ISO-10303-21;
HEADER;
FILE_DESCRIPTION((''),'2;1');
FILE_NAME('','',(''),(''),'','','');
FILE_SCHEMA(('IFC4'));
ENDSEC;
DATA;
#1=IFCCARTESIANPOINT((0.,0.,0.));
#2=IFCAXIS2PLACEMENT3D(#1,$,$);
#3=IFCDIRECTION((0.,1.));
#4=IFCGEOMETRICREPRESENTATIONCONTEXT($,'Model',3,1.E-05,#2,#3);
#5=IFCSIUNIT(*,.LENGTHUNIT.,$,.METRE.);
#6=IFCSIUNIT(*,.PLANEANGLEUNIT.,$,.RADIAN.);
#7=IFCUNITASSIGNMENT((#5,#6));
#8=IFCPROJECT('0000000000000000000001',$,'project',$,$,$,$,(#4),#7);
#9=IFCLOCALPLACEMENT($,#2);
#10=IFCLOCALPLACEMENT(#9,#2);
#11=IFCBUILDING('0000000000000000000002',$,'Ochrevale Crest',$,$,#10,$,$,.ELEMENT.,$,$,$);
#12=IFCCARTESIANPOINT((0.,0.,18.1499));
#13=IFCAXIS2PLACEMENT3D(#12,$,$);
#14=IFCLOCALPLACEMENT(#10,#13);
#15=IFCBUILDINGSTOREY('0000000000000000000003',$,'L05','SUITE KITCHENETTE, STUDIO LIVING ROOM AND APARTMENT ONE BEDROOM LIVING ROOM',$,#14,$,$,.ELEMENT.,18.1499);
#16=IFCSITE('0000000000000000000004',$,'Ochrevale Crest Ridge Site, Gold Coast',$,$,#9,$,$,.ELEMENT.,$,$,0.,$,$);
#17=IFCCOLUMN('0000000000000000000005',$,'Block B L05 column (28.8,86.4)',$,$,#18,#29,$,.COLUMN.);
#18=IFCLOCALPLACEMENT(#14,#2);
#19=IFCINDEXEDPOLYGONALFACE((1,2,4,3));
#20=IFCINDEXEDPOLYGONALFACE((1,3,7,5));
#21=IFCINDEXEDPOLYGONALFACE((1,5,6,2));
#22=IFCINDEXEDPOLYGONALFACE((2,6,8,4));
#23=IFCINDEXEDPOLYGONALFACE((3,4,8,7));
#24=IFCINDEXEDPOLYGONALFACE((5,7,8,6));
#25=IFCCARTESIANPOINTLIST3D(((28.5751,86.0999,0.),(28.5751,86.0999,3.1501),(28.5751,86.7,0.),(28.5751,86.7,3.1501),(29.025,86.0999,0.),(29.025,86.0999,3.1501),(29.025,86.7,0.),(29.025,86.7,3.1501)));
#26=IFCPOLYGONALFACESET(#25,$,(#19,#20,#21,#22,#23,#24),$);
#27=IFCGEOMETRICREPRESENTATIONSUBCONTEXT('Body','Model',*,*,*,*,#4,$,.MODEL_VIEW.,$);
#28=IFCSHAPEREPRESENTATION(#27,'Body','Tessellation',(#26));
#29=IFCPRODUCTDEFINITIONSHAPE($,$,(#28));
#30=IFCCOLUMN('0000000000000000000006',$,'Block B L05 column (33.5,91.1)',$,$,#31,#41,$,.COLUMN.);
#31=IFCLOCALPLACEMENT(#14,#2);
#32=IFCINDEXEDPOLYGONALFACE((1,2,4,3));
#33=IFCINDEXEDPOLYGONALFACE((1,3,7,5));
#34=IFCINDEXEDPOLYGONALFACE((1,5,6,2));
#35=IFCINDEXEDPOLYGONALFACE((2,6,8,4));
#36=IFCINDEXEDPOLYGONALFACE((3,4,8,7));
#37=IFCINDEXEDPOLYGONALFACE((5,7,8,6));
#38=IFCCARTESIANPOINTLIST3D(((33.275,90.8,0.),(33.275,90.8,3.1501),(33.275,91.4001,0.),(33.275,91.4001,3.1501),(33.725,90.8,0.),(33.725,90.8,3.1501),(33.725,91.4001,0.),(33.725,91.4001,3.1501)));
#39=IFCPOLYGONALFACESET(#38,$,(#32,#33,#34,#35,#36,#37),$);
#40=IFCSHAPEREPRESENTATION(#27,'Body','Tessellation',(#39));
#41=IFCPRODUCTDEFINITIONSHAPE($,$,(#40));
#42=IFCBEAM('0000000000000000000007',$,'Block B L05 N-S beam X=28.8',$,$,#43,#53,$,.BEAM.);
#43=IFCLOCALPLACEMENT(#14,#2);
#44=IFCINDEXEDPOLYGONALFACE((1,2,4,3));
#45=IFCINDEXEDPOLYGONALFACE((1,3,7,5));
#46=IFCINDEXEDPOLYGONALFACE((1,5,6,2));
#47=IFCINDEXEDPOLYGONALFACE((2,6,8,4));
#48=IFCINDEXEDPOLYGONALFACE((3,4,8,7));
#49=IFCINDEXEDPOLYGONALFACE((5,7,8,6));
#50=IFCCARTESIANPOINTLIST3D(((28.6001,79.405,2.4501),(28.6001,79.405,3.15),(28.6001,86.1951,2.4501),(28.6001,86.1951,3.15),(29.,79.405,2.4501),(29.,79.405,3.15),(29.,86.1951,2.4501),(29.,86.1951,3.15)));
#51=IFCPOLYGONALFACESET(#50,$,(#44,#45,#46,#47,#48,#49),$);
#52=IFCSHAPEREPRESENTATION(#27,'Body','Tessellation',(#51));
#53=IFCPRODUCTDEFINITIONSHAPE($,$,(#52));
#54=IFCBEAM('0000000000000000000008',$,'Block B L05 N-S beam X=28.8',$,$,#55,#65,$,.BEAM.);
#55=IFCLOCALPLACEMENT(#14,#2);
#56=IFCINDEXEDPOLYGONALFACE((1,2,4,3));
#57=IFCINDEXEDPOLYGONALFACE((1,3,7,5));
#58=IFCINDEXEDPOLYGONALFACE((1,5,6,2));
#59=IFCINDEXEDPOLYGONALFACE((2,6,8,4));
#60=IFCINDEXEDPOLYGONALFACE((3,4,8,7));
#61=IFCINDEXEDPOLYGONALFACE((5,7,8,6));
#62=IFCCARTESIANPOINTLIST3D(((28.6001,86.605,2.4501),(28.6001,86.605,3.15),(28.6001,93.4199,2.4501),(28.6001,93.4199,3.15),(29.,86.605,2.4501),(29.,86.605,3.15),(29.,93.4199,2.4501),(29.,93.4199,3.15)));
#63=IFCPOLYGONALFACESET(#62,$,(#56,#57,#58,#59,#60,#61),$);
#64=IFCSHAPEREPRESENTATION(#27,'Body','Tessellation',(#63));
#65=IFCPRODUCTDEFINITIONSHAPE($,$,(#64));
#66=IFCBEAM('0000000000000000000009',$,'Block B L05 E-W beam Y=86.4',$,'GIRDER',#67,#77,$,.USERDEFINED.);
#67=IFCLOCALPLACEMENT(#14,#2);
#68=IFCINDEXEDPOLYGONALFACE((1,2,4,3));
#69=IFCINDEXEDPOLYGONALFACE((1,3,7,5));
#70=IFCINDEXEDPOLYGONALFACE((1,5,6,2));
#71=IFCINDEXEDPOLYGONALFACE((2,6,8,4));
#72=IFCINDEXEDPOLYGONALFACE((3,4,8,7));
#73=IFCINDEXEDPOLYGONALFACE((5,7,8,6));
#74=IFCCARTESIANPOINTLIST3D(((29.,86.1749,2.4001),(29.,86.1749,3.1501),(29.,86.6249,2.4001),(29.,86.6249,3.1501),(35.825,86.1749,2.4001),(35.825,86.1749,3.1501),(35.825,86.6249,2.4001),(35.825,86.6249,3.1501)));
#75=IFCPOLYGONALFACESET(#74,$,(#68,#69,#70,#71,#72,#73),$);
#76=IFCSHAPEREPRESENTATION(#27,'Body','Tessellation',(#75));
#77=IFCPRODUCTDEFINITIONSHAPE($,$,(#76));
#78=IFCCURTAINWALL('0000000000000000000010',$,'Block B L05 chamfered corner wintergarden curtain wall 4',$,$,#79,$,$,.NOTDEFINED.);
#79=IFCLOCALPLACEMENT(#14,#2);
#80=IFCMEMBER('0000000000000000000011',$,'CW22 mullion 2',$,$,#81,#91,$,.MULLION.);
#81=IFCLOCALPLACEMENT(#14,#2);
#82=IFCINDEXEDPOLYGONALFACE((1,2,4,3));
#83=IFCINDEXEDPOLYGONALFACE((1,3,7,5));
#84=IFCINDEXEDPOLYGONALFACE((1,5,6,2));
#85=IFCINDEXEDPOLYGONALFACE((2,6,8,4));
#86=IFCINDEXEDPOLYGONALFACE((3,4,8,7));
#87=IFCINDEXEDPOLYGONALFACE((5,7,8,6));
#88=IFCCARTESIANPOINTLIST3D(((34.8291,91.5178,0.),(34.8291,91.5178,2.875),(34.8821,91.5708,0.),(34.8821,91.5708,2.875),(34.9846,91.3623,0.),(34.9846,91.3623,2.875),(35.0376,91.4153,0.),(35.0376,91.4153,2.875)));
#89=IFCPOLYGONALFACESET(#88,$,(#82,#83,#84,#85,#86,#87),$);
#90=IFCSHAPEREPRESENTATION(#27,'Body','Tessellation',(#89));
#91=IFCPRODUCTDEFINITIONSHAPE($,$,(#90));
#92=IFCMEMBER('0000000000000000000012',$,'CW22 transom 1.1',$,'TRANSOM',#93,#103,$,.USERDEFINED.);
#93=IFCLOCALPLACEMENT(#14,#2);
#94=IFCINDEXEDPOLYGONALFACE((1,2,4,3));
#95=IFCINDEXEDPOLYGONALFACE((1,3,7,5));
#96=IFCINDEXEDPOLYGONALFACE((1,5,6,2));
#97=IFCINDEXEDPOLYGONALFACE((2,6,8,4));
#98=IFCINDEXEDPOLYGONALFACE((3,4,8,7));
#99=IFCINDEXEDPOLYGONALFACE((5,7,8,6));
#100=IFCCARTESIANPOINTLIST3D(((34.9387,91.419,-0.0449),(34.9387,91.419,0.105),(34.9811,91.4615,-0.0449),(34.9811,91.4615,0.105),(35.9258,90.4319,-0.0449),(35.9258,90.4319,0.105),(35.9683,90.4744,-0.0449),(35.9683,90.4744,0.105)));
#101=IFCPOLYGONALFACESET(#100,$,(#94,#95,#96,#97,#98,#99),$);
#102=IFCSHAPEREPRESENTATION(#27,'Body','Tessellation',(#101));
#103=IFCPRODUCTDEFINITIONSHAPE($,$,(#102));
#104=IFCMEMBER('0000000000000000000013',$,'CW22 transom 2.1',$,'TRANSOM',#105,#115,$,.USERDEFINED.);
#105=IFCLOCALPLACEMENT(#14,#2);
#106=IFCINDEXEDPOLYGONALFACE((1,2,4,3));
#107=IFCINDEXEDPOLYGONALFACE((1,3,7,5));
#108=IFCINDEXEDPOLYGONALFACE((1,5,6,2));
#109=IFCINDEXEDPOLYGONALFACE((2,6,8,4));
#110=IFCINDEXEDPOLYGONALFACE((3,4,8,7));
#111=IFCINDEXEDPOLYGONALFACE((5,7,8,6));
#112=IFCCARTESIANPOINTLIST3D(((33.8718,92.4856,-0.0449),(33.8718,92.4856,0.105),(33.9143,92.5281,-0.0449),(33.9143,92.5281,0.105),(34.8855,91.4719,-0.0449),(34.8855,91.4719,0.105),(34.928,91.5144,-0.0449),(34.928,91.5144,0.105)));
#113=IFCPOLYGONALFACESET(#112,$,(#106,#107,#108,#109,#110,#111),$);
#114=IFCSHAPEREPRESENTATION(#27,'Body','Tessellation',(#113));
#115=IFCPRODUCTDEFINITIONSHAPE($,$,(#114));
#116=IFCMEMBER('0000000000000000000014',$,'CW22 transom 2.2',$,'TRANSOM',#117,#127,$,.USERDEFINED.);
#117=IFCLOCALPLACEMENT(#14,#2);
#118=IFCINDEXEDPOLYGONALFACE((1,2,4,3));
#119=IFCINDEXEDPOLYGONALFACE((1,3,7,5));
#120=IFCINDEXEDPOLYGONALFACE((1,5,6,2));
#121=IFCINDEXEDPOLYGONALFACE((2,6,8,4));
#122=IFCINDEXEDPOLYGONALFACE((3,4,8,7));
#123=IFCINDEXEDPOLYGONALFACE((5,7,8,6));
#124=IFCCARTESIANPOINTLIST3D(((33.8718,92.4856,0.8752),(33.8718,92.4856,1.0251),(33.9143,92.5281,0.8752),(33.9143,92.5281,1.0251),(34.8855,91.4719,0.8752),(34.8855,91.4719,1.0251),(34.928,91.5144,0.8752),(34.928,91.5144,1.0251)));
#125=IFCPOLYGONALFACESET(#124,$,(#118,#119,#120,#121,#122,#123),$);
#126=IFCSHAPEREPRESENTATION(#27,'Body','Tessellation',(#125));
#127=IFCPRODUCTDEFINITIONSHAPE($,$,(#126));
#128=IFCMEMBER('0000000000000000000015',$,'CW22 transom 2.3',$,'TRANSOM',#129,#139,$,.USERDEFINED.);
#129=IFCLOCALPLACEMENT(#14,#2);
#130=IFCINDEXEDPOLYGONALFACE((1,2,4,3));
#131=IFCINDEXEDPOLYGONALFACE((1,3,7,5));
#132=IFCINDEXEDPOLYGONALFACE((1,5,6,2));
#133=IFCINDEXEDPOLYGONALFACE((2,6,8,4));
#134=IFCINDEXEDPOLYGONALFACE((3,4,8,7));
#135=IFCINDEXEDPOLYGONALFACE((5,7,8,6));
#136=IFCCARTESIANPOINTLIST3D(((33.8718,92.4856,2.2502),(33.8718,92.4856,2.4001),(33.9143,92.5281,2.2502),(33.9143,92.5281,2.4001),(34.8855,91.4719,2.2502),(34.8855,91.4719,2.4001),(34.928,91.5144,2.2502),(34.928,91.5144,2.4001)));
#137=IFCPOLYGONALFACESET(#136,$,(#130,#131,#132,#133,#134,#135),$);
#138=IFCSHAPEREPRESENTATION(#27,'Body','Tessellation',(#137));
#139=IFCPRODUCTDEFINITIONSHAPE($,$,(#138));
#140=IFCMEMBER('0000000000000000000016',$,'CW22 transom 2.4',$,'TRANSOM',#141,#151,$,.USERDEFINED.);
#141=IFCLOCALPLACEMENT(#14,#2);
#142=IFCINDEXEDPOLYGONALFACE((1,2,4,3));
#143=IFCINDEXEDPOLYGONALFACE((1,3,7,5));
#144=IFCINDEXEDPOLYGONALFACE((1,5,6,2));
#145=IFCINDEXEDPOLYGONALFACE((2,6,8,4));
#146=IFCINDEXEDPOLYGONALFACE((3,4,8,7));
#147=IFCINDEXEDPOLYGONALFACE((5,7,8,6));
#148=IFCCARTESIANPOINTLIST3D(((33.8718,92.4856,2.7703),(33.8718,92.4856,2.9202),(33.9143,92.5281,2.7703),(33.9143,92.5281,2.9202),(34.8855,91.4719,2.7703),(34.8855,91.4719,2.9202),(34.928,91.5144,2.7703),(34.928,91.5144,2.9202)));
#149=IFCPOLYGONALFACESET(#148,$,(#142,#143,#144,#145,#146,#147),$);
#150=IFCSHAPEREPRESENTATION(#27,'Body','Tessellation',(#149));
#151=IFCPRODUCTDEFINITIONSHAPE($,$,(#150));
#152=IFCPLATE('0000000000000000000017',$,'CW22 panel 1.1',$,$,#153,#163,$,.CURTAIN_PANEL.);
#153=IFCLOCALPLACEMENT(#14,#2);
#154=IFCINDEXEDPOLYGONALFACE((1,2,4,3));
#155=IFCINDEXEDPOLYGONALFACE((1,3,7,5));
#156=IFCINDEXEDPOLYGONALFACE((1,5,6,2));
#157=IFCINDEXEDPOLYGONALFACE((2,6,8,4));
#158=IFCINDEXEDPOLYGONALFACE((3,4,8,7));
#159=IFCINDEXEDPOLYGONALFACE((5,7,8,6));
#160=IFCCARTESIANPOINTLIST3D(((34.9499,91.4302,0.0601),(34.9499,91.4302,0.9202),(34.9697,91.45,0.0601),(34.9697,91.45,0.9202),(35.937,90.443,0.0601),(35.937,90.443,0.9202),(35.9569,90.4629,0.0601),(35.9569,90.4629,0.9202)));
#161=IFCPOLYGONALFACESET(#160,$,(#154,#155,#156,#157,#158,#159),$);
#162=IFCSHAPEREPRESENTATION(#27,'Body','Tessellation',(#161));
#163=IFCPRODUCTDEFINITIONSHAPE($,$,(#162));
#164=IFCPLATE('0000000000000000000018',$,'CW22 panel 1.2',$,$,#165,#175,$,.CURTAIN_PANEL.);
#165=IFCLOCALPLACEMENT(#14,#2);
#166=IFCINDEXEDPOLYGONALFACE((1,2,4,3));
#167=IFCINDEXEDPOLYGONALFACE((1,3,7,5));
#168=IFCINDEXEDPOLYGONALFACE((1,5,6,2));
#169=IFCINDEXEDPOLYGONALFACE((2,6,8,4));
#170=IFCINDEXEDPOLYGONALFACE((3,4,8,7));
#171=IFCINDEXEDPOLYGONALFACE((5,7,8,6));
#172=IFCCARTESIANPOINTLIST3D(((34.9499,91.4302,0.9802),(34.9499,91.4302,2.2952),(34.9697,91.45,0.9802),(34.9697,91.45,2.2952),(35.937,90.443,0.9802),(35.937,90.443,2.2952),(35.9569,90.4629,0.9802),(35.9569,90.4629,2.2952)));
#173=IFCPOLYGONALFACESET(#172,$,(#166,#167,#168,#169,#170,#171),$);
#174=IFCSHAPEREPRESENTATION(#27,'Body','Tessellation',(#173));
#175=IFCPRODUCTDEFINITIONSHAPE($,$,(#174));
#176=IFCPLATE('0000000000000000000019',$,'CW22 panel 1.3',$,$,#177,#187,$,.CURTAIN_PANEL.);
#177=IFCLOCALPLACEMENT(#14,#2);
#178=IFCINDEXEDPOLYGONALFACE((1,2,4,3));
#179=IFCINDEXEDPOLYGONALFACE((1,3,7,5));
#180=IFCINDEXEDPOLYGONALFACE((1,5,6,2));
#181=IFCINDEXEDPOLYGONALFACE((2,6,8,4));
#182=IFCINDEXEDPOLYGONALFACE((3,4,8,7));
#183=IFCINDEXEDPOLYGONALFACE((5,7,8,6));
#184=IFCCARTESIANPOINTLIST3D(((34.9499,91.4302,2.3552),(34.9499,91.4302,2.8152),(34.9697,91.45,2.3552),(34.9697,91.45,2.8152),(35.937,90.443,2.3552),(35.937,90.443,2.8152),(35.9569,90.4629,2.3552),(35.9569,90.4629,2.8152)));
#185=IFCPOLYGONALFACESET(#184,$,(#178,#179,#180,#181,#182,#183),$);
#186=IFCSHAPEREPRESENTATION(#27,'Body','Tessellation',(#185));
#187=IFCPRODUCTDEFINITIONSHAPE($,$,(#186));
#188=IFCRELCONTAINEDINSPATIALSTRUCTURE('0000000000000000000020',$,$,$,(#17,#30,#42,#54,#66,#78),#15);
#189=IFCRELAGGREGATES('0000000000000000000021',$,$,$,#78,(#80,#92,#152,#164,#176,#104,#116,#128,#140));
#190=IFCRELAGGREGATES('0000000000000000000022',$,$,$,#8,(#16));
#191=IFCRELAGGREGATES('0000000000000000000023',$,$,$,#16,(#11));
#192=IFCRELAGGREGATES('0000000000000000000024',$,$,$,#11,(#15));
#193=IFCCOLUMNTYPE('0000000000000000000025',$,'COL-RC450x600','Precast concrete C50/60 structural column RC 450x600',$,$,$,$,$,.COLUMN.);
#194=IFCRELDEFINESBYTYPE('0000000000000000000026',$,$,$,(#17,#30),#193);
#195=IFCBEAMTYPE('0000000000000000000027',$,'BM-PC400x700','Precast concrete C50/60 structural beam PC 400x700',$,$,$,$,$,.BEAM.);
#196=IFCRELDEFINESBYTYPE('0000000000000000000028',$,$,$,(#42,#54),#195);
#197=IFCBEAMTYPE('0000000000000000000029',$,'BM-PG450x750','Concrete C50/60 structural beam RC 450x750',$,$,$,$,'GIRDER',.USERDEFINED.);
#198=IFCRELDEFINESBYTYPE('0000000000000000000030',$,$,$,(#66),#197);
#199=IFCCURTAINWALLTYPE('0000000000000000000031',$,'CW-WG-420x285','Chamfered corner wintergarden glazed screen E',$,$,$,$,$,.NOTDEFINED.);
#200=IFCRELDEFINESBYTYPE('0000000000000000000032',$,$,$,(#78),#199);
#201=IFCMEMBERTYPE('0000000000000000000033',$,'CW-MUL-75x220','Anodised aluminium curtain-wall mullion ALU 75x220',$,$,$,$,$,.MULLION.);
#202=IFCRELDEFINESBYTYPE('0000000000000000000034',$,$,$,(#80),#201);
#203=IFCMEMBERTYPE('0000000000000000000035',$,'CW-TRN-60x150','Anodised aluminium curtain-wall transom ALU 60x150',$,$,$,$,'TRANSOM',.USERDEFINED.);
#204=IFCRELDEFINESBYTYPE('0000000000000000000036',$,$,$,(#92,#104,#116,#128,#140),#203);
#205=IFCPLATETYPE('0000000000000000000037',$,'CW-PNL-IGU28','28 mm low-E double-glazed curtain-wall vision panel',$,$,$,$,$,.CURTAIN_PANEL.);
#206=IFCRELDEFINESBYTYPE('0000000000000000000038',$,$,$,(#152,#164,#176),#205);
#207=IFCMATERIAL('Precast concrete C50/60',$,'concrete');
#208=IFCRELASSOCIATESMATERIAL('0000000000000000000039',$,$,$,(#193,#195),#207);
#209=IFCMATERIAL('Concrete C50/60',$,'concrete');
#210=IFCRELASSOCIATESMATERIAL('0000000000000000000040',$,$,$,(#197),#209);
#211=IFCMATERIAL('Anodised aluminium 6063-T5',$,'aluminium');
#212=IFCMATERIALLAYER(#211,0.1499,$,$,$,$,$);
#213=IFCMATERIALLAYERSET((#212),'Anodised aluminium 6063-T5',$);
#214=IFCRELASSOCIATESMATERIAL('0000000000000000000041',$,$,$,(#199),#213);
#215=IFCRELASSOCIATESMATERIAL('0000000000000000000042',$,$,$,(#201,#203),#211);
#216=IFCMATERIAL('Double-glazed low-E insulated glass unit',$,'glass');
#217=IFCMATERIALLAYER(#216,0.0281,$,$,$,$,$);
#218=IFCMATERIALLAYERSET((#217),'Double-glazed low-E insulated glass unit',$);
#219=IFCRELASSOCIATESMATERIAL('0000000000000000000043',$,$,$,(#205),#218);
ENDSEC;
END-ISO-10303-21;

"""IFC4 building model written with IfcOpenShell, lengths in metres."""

from ifc_helpers import new_model, si_unit, direction, frame, origin, origin_2d, place, context, subcontext, project, spatial, rectangle, extrude, material, layer, layer_set, material_profile, profile_set, type_object, element, aggregate, save


model = new_model("IFC4")

# Units and contexts
model_context = context("Model", 3, precision=1e-05, world=origin(), true_north=direction((0.0, 1.0)))
body_context = subcontext(model_context, "Body", "Model", "MODEL_VIEW")
ifc_project = project(units=[si_unit("LENGTHUNIT", "METRE"), si_unit("PLANEANGLEUNIT", "RADIAN")], contexts=[model_context])

# Site, building, storey
site_placement = place(None, origin())
site = spatial("IfcSite", under=ifc_project, at=site_placement, Name="Ochrevale Crest Ridge Site, Gold Coast", CompositionType="ELEMENT", RefElevation=0.0)
building_placement = place(site_placement, origin())
building = spatial("IfcBuilding", under=site, at=building_placement, Name="Ochrevale Crest", CompositionType="ELEMENT")
storey_placement = place(building_placement, frame((0.0, 0.0, 18.1499)))
storey = spatial("IfcBuildingStorey", under=building, at=storey_placement, Name="L05", Description="SUITE KITCHENETTE, STUDIO LIVING ROOM AND APARTMENT ONE BEDROOM LIVING ROOM", CompositionType="ELEMENT", Elevation=18.1499)

# Columns
ifc_material_1 = material(Name="Precast concrete C50/60", Category="concrete")
ifc_material_profile_1 = material_profile(ifc_material_1, rectangle(XDim=0.45, YDim=0.6001, at=origin_2d()), Name="RC 450x600")
ifc_profile_set_1 = profile_set([ifc_material_profile_1], Name="Precast concrete C50/60")
column_type = type_object("IfcColumnType", Name="COL-RC450x600", Description="Precast concrete C50/60 structural column RC 450x600", PredefinedType="COLUMN", material=ifc_profile_set_1)
for number, where, z_axis, x_axis, name in (
    (1, (28.8, 86.3999, 0.0), (0.0, 0.0, 1.0), (1.0, 0.0, 0.0), "Block B L05 column (28.8,86.4)"),
    (2, (33.5, 91.1001, 0.0), (0.0, 0.0, 1.0), (1.0, 0.0, 0.0), "Block B L05 column (33.5,91.1)"),
):
    element("IfcColumn", number, at=place(storey_placement, frame(where, z_axis=z_axis, x_axis=x_axis)), inside=storey, type_object=column_type, Name=name, PredefinedType="COLUMN", context=body_context, shape_type="SweptSolid", body=[
        extrude(rectangle(XDim=0.45, YDim=0.6001, at=origin_2d()), origin(), (0.0, 0.0, 1.0), 3.1501),
    ])

# Beams
ifc_material_profile_2 = material_profile(ifc_material_1, rectangle(XDim=0.3999, YDim=0.7, at=origin_2d()), Name="PC 400x700")
ifc_profile_set_2 = profile_set([ifc_material_profile_2], Name="Precast concrete C50/60")
beam_type_1 = type_object("IfcBeamType", Name="BM-PC400x700", Description="Precast concrete C50/60 structural beam PC 400x700", PredefinedType="BEAM", material=ifc_profile_set_2)
beam_1_placement = place(storey_placement, frame((28.8, 79.405, 2.8), z_axis=(0.0, 1.0, 0.0), x_axis=(-1.0, 0.0, 0.0)))
element("IfcBeam", 3, at=beam_1_placement, inside=storey, type_object=beam_type_1, Name="Block B L05 N-S beam X=28.8", PredefinedType="BEAM", context=body_context, shape_type="SweptSolid", body=[
    extrude(rectangle(XDim=0.3999, YDim=0.7, at=origin_2d()), origin(), (0.0, 0.0, 1.0), 6.79),
])
beam_2_placement = place(storey_placement, frame((28.8, 86.605, 2.8), z_axis=(0.0, 1.0, 0.0), x_axis=(-1.0, 0.0, 0.0)))
element("IfcBeam", 4, at=beam_2_placement, inside=storey, type_object=beam_type_1, Name="Block B L05 N-S beam X=28.8", PredefinedType="BEAM", context=body_context, shape_type="SweptSolid", body=[
    extrude(rectangle(XDim=0.3999, YDim=0.7, at=origin_2d()), origin(), (0.0, 0.0, 1.0), 6.8149),
])
ifc_material_2 = material(Name="Concrete C50/60", Category="concrete")
ifc_material_profile_3 = material_profile(ifc_material_2, rectangle(XDim=0.45, YDim=0.75, at=origin_2d()), Name="RC 450x750")
ifc_profile_set_3 = profile_set([ifc_material_profile_3], Name="Concrete C50/60")
beam_type_2 = type_object("IfcBeamType", Name="BM-PG450x750", Description="Concrete C50/60 structural beam RC 450x750", ElementType="GIRDER", PredefinedType="USERDEFINED", material=ifc_profile_set_3)
beam_3_placement = place(storey_placement, frame((29.0, 86.3999, 2.7751), z_axis=(1.0, 0.0, 0.0), x_axis=(0.0, 1.0, 0.0)))
element("IfcBeam", 5, at=beam_3_placement, inside=storey, type_object=beam_type_2, Name="Block B L05 E-W beam Y=86.4", ObjectType="GIRDER", PredefinedType="USERDEFINED", context=body_context, shape_type="SweptSolid", body=[
    extrude(rectangle(XDim=0.45, YDim=0.75, at=origin_2d()), origin(), (0.0, 0.0, 1.0), 6.825),
])

# Curtain wall, members, plates
ifc_material_3 = material(Name="Anodised aluminium 6063-T5", Category="aluminium")
ifc_layer_1 = layer(ifc_material_3, 0.1499)
ifc_layer_set_1 = layer_set([ifc_layer_1], Name="Anodised aluminium 6063-T5")
curtain_wall_type = type_object("IfcCurtainWallType", Name="CW-WG-420x285", Description="Chamfered corner wintergarden glazed screen E", PredefinedType="NOTDEFINED", material=ifc_layer_set_1)
curtain_wall_placement = place(storey_placement, origin())
curtain_wall = element("IfcCurtainWall", 6, at=curtain_wall_placement, inside=storey, type_object=curtain_wall_type, Name="Block B L05 chamfered corner wintergarden curtain wall 4", PredefinedType="NOTDEFINED")
ifc_material_profile_4 = material_profile(ifc_material_3, rectangle(XDim=0.075, YDim=0.22, at=origin_2d()), Name="ALU 75x220")
ifc_profile_set_4 = profile_set([ifc_material_profile_4], Name="Anodised aluminium 6063-T5")
member_type_1 = type_object("IfcMemberType", Name="CW-MUL-75x220", Description="Anodised aluminium curtain-wall mullion ALU 75x220", PredefinedType="MULLION", material=ifc_profile_set_4)
member_1_placement = place(storey_placement, frame((34.9333, 91.4666, 0.0), z_axis=(0.0, 0.0, 1.0), x_axis=(-0.707107, -0.707107, 0.0)))
member_1 = element("IfcMember", 7, at=member_1_placement, type_object=member_type_1, Name="CW22 mullion 2", PredefinedType="MULLION", context=body_context, shape_type="SweptSolid", body=[
    extrude(rectangle(XDim=0.075, YDim=0.22, at=origin_2d()), origin(), (0.0, 0.0, 1.0), 2.875),
])
ifc_material_profile_5 = material_profile(ifc_material_3, rectangle(XDim=0.0601, YDim=0.1499, at=origin_2d()), Name="ALU 60x150")
ifc_profile_set_5 = profile_set([ifc_material_profile_5], Name="Anodised aluminium 6063-T5")
member_type_2 = type_object("IfcMemberType", Name="CW-TRN-60x150", Description="Anodised aluminium curtain-wall transom ALU 60x150", ElementType="TRANSOM", PredefinedType="USERDEFINED", material=ifc_profile_set_5)
member_2_placement = place(storey_placement, frame((35.947, 90.4531, 0.03), z_axis=(-0.707107, 0.707107, 0.0), x_axis=(-0.707107, -0.707107, 0.0)))
member_2 = element("IfcMember", 8, at=member_2_placement, type_object=member_type_2, Name="CW22 transom 1.1", ObjectType="TRANSOM", PredefinedType="USERDEFINED", context=body_context, shape_type="SweptSolid", body=[
    extrude(rectangle(XDim=0.0601, YDim=0.1499, at=origin_2d()), origin(), (0.0, 0.0, 1.0), 1.396),
])
member_3_placement = place(storey_placement, frame((34.9067, 91.4932, 0.03), z_axis=(-0.707107, 0.707107, 0.0), x_axis=(-0.707107, -0.707107, 0.0)))
member_3 = element("IfcMember", 9, at=member_3_placement, type_object=member_type_2, Name="CW22 transom 2.1", ObjectType="TRANSOM", PredefinedType="USERDEFINED", context=body_context, shape_type="SweptSolid", body=[
    extrude(rectangle(XDim=0.0601, YDim=0.1499, at=origin_2d()), origin(), (0.0, 0.0, 1.0), 1.4336),
])
member_4_placement = place(storey_placement, frame((34.9067, 91.4932, 0.9502), z_axis=(-0.707107, 0.707107, 0.0), x_axis=(-0.707107, -0.707107, 0.0)))
member_4 = element("IfcMember", 10, at=member_4_placement, type_object=member_type_2, Name="CW22 transom 2.2", ObjectType="TRANSOM", PredefinedType="USERDEFINED", context=body_context, shape_type="SweptSolid", body=[
    extrude(rectangle(XDim=0.0601, YDim=0.1499, at=origin_2d()), origin(), (0.0, 0.0, 1.0), 1.4336),
])
member_5_placement = place(storey_placement, frame((34.9067, 91.4932, 2.3252), z_axis=(-0.707107, 0.707107, 0.0), x_axis=(-0.707107, -0.707107, 0.0)))
member_5 = element("IfcMember", 11, at=member_5_placement, type_object=member_type_2, Name="CW22 transom 2.3", ObjectType="TRANSOM", PredefinedType="USERDEFINED", context=body_context, shape_type="SweptSolid", body=[
    extrude(rectangle(XDim=0.0601, YDim=0.1499, at=origin_2d()), origin(), (0.0, 0.0, 1.0), 1.4336),
])
member_6_placement = place(storey_placement, frame((34.9067, 91.4932, 2.8452), z_axis=(-0.707107, 0.707107, 0.0), x_axis=(-0.707107, -0.707107, 0.0)))
member_6 = element("IfcMember", 12, at=member_6_placement, type_object=member_type_2, Name="CW22 transom 2.4", ObjectType="TRANSOM", PredefinedType="USERDEFINED", context=body_context, shape_type="SweptSolid", body=[
    extrude(rectangle(XDim=0.0601, YDim=0.1499, at=origin_2d()), origin(), (0.0, 0.0, 1.0), 1.4336),
])
ifc_material_4 = material(Name="Double-glazed low-E insulated glass unit", Category="glass")
ifc_layer_2 = layer(ifc_material_4, 0.0281)
ifc_layer_set_2 = layer_set([ifc_layer_2], Name="Double-glazed low-E insulated glass unit")
plate_type = type_object("IfcPlateType", Name="CW-PNL-IGU28", Description="28 mm low-E double-glazed curtain-wall vision panel", PredefinedType="CURTAIN_PANEL", material=ifc_layer_set_2)
plate_1_placement = place(storey_placement, frame((35.4534, 90.9465, 0.0601), z_axis=(0.0, 0.0, 1.0), x_axis=(-0.707107, 0.707107, 0.0)))
plate_1 = element("IfcPlate", 13, at=plate_1_placement, type_object=plate_type, Name="CW22 panel 1.1", PredefinedType="CURTAIN_PANEL", context=body_context, shape_type="SweptSolid", body=[
    extrude(rectangle(XDim=1.396, YDim=0.0281, at=origin_2d()), origin(), (0.0, 0.0, 1.0), 0.8601),
])
plate_2_placement = place(storey_placement, frame((35.4534, 90.9465, 0.9802), z_axis=(0.0, 0.0, 1.0), x_axis=(-0.707107, 0.707107, 0.0)))
plate_2 = element("IfcPlate", 14, at=plate_2_placement, type_object=plate_type, Name="CW22 panel 1.2", PredefinedType="CURTAIN_PANEL", context=body_context, shape_type="SweptSolid", body=[
    extrude(rectangle(XDim=1.396, YDim=0.0281, at=origin_2d()), origin(), (0.0, 0.0, 1.0), 1.3149),
])
plate_3_placement = place(storey_placement, frame((35.4534, 90.9465, 2.3552), z_axis=(0.0, 0.0, 1.0), x_axis=(-0.707107, 0.707107, 0.0)))
plate_3 = element("IfcPlate", 15, at=plate_3_placement, type_object=plate_type, Name="CW22 panel 1.3", PredefinedType="CURTAIN_PANEL", context=body_context, shape_type="SweptSolid", body=[
    extrude(rectangle(XDim=1.396, YDim=0.0281, at=origin_2d()), origin(), (0.0, 0.0, 1.0), 0.46),
])
aggregate(curtain_wall, [member_1, member_2, plate_1, plate_2, plate_3, member_3, member_4, member_5, member_6])

save(model, "model.ifc")
